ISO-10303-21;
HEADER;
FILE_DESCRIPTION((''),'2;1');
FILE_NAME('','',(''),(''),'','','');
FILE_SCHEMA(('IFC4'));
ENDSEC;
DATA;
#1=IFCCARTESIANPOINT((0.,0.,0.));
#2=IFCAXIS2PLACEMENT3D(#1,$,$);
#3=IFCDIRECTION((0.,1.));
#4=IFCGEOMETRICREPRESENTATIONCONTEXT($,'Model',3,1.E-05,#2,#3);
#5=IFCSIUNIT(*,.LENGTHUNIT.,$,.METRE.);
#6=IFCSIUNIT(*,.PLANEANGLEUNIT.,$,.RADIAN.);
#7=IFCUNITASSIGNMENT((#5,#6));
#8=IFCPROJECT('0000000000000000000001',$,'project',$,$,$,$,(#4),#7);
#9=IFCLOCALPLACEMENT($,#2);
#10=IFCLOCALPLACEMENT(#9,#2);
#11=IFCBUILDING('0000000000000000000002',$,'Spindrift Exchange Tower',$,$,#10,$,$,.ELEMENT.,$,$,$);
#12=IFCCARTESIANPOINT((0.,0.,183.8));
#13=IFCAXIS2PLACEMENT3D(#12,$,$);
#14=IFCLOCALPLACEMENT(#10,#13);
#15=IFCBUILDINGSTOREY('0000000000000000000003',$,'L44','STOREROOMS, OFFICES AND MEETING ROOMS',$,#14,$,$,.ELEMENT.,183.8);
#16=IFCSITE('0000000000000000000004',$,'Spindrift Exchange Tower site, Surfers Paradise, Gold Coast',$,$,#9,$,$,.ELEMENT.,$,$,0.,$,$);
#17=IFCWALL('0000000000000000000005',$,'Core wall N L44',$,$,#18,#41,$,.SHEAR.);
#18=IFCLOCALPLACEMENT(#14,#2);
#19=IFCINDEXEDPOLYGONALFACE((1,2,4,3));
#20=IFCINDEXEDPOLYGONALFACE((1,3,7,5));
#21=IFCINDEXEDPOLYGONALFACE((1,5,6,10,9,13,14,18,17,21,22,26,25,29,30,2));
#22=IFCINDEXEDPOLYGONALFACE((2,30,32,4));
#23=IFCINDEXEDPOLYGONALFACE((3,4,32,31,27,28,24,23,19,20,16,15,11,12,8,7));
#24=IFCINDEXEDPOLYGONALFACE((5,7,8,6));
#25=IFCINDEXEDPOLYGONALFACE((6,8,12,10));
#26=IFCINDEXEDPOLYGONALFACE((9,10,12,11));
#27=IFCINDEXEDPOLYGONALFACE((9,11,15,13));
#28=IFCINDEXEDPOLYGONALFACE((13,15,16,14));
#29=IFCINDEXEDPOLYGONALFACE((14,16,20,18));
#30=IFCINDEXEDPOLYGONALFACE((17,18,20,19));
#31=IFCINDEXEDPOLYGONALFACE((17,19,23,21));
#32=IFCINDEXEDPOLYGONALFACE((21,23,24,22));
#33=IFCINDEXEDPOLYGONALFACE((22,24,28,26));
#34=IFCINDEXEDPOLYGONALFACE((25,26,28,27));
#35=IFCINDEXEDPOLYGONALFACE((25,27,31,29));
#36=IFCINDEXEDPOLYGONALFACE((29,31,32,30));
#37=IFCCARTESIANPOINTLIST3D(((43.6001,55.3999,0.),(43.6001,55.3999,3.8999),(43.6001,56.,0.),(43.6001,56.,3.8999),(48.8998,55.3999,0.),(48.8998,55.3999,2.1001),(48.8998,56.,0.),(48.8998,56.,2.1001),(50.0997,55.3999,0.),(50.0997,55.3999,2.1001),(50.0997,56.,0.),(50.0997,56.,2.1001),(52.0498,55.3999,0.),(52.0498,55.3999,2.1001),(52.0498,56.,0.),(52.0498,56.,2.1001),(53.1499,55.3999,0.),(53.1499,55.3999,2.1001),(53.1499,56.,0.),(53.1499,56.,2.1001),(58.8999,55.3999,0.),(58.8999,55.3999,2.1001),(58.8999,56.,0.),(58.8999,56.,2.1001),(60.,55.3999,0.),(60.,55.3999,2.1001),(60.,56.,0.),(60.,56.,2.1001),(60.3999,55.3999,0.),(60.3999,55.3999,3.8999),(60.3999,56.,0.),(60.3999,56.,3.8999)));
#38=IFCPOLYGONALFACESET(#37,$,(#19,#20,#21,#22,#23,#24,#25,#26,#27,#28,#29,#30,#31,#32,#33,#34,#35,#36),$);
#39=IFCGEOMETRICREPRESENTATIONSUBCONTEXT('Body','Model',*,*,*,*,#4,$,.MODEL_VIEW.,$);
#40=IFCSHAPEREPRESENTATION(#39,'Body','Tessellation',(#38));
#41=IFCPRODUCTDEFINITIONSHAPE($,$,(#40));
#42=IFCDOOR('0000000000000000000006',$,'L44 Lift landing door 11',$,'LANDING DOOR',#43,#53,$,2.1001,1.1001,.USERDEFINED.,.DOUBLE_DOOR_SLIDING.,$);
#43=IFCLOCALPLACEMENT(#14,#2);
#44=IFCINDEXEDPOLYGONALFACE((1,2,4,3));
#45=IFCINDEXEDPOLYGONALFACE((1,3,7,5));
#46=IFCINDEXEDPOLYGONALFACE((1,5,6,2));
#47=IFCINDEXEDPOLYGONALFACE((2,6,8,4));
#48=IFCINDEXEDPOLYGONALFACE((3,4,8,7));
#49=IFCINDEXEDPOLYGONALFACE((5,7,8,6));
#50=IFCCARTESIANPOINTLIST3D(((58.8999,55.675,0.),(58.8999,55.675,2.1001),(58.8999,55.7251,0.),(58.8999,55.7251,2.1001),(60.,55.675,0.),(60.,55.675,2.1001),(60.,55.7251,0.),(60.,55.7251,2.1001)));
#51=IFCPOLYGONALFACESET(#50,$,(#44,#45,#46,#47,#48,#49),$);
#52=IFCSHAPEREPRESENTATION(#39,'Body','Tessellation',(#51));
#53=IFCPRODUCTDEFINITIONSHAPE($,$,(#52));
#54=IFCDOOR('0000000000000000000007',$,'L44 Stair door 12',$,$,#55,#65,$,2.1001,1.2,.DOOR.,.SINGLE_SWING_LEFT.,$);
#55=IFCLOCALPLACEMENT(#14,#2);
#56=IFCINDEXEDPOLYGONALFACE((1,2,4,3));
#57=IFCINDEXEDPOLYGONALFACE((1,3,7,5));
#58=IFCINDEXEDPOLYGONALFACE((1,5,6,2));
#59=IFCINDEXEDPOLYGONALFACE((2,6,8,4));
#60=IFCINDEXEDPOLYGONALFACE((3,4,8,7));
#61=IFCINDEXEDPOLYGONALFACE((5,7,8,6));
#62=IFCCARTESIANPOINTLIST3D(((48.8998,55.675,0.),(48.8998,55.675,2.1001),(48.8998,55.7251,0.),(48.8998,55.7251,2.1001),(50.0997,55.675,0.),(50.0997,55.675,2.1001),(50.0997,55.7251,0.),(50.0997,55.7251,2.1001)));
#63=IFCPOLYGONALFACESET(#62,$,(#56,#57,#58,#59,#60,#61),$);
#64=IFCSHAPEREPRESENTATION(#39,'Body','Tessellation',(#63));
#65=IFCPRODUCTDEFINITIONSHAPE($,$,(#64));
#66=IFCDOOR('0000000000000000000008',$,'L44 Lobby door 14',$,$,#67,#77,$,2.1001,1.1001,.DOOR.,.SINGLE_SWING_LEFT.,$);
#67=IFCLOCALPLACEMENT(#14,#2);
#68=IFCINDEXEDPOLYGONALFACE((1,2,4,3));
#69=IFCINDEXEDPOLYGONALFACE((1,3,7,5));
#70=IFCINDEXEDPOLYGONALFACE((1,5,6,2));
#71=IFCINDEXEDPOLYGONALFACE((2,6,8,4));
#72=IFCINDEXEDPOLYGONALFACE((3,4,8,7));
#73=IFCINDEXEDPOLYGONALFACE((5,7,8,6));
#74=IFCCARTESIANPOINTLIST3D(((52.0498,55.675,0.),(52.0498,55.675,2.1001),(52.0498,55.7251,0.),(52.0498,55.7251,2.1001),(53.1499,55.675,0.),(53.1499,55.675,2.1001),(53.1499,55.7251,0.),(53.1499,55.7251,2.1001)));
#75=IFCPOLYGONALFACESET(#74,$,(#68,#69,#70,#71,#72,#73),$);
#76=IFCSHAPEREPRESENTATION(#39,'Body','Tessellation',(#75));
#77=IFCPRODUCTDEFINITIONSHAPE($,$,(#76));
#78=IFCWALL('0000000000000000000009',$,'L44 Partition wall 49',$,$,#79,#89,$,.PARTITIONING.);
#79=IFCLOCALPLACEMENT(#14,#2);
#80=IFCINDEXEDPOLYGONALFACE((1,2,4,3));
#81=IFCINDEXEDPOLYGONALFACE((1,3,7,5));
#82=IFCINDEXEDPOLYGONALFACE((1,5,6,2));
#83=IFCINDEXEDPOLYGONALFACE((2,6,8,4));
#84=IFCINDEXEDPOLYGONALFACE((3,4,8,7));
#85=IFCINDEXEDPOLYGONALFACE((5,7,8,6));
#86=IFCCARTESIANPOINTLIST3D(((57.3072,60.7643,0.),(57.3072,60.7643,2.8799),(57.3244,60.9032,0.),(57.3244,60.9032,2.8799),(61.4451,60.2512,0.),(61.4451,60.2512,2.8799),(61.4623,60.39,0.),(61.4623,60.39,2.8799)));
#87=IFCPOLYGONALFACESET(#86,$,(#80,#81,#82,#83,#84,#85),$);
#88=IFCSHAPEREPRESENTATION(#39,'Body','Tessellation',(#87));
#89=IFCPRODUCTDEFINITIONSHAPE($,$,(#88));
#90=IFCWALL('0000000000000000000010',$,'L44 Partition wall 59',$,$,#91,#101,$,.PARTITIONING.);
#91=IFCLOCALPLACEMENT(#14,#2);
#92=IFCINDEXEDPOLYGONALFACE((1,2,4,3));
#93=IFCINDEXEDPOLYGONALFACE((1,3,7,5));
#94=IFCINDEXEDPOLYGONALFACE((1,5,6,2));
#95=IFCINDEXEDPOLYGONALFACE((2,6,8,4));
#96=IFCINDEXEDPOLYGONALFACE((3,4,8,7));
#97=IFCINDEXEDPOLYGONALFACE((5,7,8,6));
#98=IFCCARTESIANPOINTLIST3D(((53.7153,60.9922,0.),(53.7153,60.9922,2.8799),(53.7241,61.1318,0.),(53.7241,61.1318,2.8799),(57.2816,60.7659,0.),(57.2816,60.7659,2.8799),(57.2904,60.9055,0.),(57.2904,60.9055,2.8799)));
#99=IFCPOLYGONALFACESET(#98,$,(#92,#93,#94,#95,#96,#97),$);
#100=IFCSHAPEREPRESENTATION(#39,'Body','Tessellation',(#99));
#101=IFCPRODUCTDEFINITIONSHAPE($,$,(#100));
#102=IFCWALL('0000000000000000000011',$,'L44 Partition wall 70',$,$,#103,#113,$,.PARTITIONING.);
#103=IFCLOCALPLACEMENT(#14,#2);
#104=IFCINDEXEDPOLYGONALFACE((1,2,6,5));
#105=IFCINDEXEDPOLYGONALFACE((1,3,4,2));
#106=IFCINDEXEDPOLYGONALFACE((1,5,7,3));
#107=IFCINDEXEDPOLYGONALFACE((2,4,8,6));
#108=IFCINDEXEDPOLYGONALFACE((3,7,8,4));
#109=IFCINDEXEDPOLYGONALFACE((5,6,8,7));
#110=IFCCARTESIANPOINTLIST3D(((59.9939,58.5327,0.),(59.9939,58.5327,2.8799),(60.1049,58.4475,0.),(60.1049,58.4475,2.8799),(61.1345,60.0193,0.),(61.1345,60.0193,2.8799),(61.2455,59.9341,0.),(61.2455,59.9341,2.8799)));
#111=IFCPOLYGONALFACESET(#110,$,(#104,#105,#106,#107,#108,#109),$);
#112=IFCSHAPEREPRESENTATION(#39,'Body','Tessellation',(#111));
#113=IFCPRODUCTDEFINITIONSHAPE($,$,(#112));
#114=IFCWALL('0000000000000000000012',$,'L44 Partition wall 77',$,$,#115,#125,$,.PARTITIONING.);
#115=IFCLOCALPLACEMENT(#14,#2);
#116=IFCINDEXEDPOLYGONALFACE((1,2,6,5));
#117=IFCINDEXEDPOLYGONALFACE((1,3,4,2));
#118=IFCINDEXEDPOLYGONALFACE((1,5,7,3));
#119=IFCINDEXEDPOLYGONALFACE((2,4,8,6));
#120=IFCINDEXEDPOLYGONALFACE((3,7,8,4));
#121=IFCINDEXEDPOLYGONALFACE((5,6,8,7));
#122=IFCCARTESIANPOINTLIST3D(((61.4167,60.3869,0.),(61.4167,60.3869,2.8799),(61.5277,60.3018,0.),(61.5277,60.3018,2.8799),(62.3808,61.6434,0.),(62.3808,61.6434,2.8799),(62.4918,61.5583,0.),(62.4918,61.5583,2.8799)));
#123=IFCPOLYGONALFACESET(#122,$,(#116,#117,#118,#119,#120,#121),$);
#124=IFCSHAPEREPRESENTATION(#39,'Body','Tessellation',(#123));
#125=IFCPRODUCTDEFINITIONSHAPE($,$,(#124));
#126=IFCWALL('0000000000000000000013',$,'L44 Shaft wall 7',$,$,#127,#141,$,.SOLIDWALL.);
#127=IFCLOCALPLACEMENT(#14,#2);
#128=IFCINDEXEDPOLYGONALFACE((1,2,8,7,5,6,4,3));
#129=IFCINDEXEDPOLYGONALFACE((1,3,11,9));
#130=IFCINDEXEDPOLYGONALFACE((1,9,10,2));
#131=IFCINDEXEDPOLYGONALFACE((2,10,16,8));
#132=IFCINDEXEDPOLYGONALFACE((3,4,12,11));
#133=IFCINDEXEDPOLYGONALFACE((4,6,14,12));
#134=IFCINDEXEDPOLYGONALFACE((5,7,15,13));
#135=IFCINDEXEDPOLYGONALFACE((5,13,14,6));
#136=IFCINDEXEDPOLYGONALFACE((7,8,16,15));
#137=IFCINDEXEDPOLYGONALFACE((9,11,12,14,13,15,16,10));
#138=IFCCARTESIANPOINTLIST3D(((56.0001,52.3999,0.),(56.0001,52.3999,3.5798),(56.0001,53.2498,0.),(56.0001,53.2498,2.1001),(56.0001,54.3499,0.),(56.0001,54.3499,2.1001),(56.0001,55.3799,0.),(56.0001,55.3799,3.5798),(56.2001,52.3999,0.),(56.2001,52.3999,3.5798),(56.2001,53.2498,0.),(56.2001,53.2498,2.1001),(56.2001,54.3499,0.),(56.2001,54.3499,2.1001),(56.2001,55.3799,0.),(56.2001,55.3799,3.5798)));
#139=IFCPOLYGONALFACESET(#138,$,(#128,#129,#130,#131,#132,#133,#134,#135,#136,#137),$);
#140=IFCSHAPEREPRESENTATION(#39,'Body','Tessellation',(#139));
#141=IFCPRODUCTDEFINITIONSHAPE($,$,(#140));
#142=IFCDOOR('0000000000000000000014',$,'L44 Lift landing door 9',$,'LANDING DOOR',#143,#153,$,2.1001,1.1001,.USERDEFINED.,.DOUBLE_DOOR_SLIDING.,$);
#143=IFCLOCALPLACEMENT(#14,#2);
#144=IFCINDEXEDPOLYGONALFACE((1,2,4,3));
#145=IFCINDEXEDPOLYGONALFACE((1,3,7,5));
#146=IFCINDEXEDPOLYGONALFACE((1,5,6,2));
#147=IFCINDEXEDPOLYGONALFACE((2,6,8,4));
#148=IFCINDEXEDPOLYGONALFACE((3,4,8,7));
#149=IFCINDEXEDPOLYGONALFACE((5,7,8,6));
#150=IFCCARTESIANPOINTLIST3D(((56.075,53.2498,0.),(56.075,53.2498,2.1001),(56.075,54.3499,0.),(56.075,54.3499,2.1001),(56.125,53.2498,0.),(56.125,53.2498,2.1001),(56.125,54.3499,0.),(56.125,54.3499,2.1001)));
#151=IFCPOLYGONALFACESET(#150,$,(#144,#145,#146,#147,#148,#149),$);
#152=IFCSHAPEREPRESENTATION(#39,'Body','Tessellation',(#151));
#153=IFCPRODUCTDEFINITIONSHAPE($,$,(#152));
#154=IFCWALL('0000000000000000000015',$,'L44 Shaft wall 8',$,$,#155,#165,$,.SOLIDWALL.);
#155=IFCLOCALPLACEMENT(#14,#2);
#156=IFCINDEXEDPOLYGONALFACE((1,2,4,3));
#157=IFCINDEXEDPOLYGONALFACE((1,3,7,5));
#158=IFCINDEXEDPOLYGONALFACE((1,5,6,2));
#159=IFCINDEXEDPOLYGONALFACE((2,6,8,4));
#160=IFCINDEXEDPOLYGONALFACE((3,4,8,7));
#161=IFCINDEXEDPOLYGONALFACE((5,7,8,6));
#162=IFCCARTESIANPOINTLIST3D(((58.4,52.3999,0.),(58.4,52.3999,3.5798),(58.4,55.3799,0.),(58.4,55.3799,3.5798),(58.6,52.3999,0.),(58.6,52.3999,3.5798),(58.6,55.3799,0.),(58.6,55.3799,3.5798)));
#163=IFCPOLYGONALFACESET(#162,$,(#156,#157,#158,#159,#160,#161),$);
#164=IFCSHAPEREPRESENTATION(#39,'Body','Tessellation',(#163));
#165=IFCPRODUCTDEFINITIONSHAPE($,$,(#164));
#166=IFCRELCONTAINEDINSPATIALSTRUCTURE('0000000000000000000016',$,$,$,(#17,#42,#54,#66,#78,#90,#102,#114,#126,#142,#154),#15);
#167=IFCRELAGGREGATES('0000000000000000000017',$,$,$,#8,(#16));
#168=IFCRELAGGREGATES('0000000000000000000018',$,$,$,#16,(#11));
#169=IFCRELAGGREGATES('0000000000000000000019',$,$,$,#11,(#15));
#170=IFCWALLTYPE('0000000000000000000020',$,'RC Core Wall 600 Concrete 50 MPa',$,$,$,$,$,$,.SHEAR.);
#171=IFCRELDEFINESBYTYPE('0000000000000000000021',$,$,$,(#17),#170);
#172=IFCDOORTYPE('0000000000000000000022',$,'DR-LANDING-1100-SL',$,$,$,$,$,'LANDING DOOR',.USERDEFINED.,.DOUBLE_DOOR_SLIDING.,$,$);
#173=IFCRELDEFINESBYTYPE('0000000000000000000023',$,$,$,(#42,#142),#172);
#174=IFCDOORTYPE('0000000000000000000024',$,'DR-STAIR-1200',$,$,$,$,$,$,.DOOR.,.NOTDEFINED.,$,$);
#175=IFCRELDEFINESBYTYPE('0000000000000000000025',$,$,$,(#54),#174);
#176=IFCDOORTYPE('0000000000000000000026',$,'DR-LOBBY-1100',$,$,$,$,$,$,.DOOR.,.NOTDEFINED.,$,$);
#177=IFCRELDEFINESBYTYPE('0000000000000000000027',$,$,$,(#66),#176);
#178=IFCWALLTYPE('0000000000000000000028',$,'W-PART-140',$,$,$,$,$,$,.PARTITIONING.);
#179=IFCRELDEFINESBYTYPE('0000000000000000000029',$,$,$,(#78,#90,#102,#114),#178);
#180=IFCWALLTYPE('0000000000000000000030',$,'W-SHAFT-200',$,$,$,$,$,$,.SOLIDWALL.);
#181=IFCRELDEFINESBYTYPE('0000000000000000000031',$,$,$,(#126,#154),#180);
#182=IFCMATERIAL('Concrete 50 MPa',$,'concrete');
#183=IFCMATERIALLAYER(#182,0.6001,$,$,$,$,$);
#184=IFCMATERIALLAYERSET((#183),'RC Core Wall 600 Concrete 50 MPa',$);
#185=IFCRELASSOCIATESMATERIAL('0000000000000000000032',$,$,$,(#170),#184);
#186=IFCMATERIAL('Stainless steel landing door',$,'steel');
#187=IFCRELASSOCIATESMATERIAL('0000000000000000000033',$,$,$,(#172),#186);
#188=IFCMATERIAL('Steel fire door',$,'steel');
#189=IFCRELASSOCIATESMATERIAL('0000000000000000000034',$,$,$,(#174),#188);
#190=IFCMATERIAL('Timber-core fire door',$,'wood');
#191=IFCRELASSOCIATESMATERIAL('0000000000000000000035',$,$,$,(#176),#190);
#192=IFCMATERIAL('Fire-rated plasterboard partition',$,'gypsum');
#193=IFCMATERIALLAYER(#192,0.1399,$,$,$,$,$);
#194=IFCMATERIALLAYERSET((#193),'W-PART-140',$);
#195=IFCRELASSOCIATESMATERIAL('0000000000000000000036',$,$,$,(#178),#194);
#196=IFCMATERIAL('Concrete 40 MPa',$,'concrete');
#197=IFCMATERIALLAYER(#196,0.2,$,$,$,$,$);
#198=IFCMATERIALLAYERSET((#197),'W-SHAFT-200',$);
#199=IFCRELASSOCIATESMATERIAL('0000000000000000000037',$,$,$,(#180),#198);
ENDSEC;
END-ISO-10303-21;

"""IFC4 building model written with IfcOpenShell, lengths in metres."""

from ifc_helpers import new_model, si_unit, direction, frame, frame_2d, origin, place, context, subcontext, project, spatial, rectangle, extrude, source, transform, mapped, material, layer, layer_set, type_object, element, fill, save


model = new_model("IFC4")

# Units and contexts
model_context = context("Model", 3, precision=1e-05, world=origin(), true_north=direction((0.0, 1.0)))
body_context = subcontext(model_context, "Body", "Model", "MODEL_VIEW")
ifc_project = project(units=[si_unit("LENGTHUNIT", "METRE"), si_unit("PLANEANGLEUNIT", "RADIAN")], contexts=[model_context])

# Site, building, storey
site_placement = place(None, origin())
site = spatial("IfcSite", under=ifc_project, at=site_placement, Name="Spindrift Exchange Tower site, Surfers Paradise, Gold Coast", CompositionType="ELEMENT", RefElevation=0.0)
building_placement = place(site_placement, origin())
building = spatial("IfcBuilding", under=site, at=building_placement, Name="Spindrift Exchange Tower", CompositionType="ELEMENT")
storey_placement = place(building_placement, frame((0.0, 0.0, 183.8)))
storey = spatial("IfcBuildingStorey", under=building, at=storey_placement, Name="L44", Description="STOREROOMS, OFFICES AND MEETING ROOMS", CompositionType="ELEMENT", Elevation=183.8)

# Wall, openings, doors
ifc_material_1 = material(Name="Concrete 50 MPa", Category="concrete")
ifc_layer_1 = layer(ifc_material_1, 0.6001)
ifc_layer_set_1 = layer_set([ifc_layer_1], Name="RC Core Wall 600 Concrete 50 MPa")
wall_type_1 = type_object("IfcWallType", Name="RC Core Wall 600 Concrete 50 MPa", PredefinedType="SHEAR", material=ifc_layer_set_1)
wall_1_placement = place(storey_placement, frame((60.3999, 55.7, 0.0), z_axis=(0.0, 0.0, 1.0), x_axis=(-1.0, 0.0, 0.0)))
wall_1 = element("IfcWall", 1, at=wall_1_placement, inside=storey, type_object=wall_type_1, Name="Core wall N L44", PredefinedType="SHEAR", context=body_context, shape_type="SweptSolid", body=[
    extrude(rectangle(XDim=16.7998, YDim=0.6001, at=frame_2d((8.3999, 0.0))), origin(), (0.0, 0.0, 1.0), 3.8999),
])
opening_1_placement = place(wall_1_placement, frame((0.3999, 0.0, 0.0)))
opening_1 = element("IfcOpeningElement", 2, at=opening_1_placement, cuts=wall_1, PredefinedType="OPENING", context=body_context, shape_type="SweptSolid", body=[
    extrude(rectangle(XDim=1.1001, YDim=2.1001, at=frame_2d((0.55, 1.05))), frame((0.0, 0.3101, 0.0), z_axis=(0.0, -1.0, 0.0), x_axis=(1.0, 0.0, 0.0)), (0.0, 0.0, 1.0), 0.6201),
])
opening_2_placement = place(wall_1_placement, frame((10.3, 0.0, 0.0)))
opening_2 = element("IfcOpeningElement", 3, at=opening_2_placement, cuts=wall_1, PredefinedType="OPENING", context=body_context, shape_type="SweptSolid", body=[
    extrude(rectangle(XDim=1.2, YDim=2.1001, at=frame_2d((0.6001, 1.05))), frame((0.0, 0.3101, 0.0), z_axis=(0.0, -1.0, 0.0), x_axis=(1.0, 0.0, 0.0)), (0.0, 0.0, 1.0), 0.6201),
])
opening_3_placement = place(wall_1_placement, frame((7.25, 0.0, 0.0)))
opening_3 = element("IfcOpeningElement", 4, at=opening_3_placement, cuts=wall_1, PredefinedType="OPENING", context=body_context, shape_type="SweptSolid", body=[
    extrude(rectangle(XDim=1.1001, YDim=2.1001, at=frame_2d((0.55, 1.05))), frame((0.0, 0.3101, 0.0), z_axis=(0.0, -1.0, 0.0), x_axis=(1.0, 0.0, 0.0)), (0.0, 0.0, 1.0), 0.6201),
])
ifc_material_2 = material(Name="Stainless steel landing door", Category="steel")
door_type_1 = type_object("IfcDoorType", Name="DR-LANDING-1100-SL", ElementType="LANDING DOOR", OperationType="DOUBLE_DOOR_SLIDING", PredefinedType="USERDEFINED", material=ifc_material_2)
shared_shape_1 = source(origin(), body_context, "Body", "SweptSolid", [
    extrude(rectangle(XDim=1.1001, YDim=2.1001, at=frame_2d((0.55, 1.05))), frame((0.0, 0.0249, 0.0), z_axis=(0.0, -1.0, 0.0), x_axis=(1.0, 0.0, 0.0)), (0.0, 0.0, 1.0), 0.05),
])
door_1_placement = place(opening_1_placement, origin())
door_1 = element("IfcDoor", 5, at=door_1_placement, inside=storey, type_object=door_type_1, Name="L44 Lift landing door 11", ObjectType="LANDING DOOR", OperationType="DOUBLE_DOOR_SLIDING", OverallHeight=2.1001, OverallWidth=1.1001, PredefinedType="USERDEFINED", context=body_context, shape_type="MappedRepresentation", body=[
    mapped(shared_shape_1, transform((0.0, 0.0, 0.0), scale=1.0)),
])
fill(opening_1, door_1)
ifc_material_3 = material(Name="Steel fire door", Category="steel")
door_type_2 = type_object("IfcDoorType", Name="DR-STAIR-1200", OperationType="NOTDEFINED", PredefinedType="DOOR", material=ifc_material_3)
shared_shape_2 = source(origin(), body_context, "Body", "SweptSolid", [
    extrude(rectangle(XDim=1.2, YDim=2.1001, at=frame_2d((0.6001, 1.05))), frame((0.0, 0.0249, 0.0), z_axis=(0.0, -1.0, 0.0), x_axis=(1.0, 0.0, 0.0)), (0.0, 0.0, 1.0), 0.05),
])
door_2_placement = place(opening_2_placement, origin())
door_2 = element("IfcDoor", 6, at=door_2_placement, inside=storey, type_object=door_type_2, Name="L44 Stair door 12", OperationType="SINGLE_SWING_LEFT", OverallHeight=2.1001, OverallWidth=1.2, PredefinedType="DOOR", context=body_context, shape_type="MappedRepresentation", body=[
    mapped(shared_shape_2, transform((0.0, 0.0, 0.0), scale=1.0)),
])
fill(opening_2, door_2)
ifc_material_4 = material(Name="Timber-core fire door", Category="wood")
door_type_3 = type_object("IfcDoorType", Name="DR-LOBBY-1100", OperationType="NOTDEFINED", PredefinedType="DOOR", material=ifc_material_4)
shared_shape_3 = source(origin(), body_context, "Body", "SweptSolid", [
    extrude(rectangle(XDim=1.1001, YDim=2.1001, at=frame_2d((0.55, 1.05))), frame((0.0, 0.0249, 0.0), z_axis=(0.0, -1.0, 0.0), x_axis=(1.0, 0.0, 0.0)), (0.0, 0.0, 1.0), 0.05),
])
door_3_placement = place(opening_3_placement, origin())
door_3 = element("IfcDoor", 7, at=door_3_placement, inside=storey, type_object=door_type_3, Name="L44 Lobby door 14", OperationType="SINGLE_SWING_LEFT", OverallHeight=2.1001, OverallWidth=1.1001, PredefinedType="DOOR", context=body_context, shape_type="MappedRepresentation", body=[
    mapped(shared_shape_3, transform((0.0, 0.0, 0.0), scale=1.0)),
])
fill(opening_3, door_3)

# Walls
ifc_material_5 = material(Name="Fire-rated plasterboard partition", Category="gypsum")
ifc_layer_2 = layer(ifc_material_5, 0.1399)
ifc_layer_set_2 = layer_set([ifc_layer_2], Name="W-PART-140")
wall_type_2 = type_object("IfcWallType", Name="W-PART-140", PredefinedType="PARTITIONING", material=ifc_layer_set_2)
wall_2_placement = place(storey_placement, frame((61.4539, 60.3206, 0.0), z_axis=(0.0, 0.0, 1.0), x_axis=(-0.992397, 0.123076, 0.0)))
element("IfcWall", 8, at=wall_2_placement, inside=storey, type_object=wall_type_2, Name="L44 Partition wall 49", PredefinedType="PARTITIONING", context=body_context, shape_type="SweptSolid", body=[
    extrude(rectangle(XDim=4.1697, YDim=0.1399, at=frame_2d((2.085, 0.0))), origin(), (0.0, 0.0, 1.0), 2.8799),
])
wall_3_placement = place(storey_placement, frame((57.2859, 60.8357, 0.0), z_axis=(0.0, 0.0, 1.0), x_axis=(-0.997993, 0.063331, 0.0)))
element("IfcWall", 9, at=wall_3_placement, inside=storey, type_object=wall_type_2, Name="L44 Partition wall 59", PredefinedType="PARTITIONING", context=body_context, shape_type="SweptSolid", body=[
    extrude(rectangle(XDim=3.5735, YDim=0.1399, at=frame_2d((1.7866, 0.0))), origin(), (0.0, 0.0, 1.0), 2.8799),
])
wall_4_placement = place(storey_placement, frame((60.0493, 58.49, 0.0), z_axis=(0.0, 0.0, 1.0), x_axis=(0.608741, 0.793369, 0.0)))
element("IfcWall", 10, at=wall_4_placement, inside=storey, type_object=wall_type_2, Name="L44 Partition wall 70", PredefinedType="PARTITIONING", context=body_context, shape_type="SweptSolid", body=[
    extrude(rectangle(XDim=1.8738, YDim=0.1399, at=frame_2d((0.937, 0.0))), origin(), (0.0, 0.0, 1.0), 2.8799),
])
wall_5_placement = place(storey_placement, frame((61.4722, 60.3442, 0.0), z_axis=(0.0, 0.0, 1.0), x_axis=(0.60872, 0.793386, 0.0)))
element("IfcWall", 11, at=wall_5_placement, inside=storey, type_object=wall_type_2, Name="L44 Partition wall 77", PredefinedType="PARTITIONING", context=body_context, shape_type="SweptSolid", body=[
    extrude(rectangle(XDim=1.5837, YDim=0.1399, at=frame_2d((0.792, 0.0))), origin(), (0.0, 0.0, 1.0), 2.8799),
])

# Wall, opening, door
ifc_material_6 = material(Name="Concrete 40 MPa", Category="concrete")
ifc_layer_3 = layer(ifc_material_6, 0.2)
ifc_layer_set_3 = layer_set([ifc_layer_3], Name="W-SHAFT-200")
wall_type_3 = type_object("IfcWallType", Name="W-SHAFT-200", PredefinedType="SOLIDWALL", material=ifc_layer_set_3)
wall_6_placement = place(storey_placement, frame((56.1001, 55.3799, 0.0), z_axis=(0.0, 0.0, 1.0), x_axis=(0.0, -1.0, 0.0)))
wall_6 = element("IfcWall", 12, at=wall_6_placement, inside=storey, type_object=wall_type_3, Name="L44 Shaft wall 7", PredefinedType="SOLIDWALL", context=body_context, shape_type="SweptSolid", body=[
    extrude(rectangle(XDim=2.98, YDim=0.2, at=frame_2d((1.49, 0.0))), origin(), (0.0, 0.0, 1.0), 3.5798),
])
opening_4_placement = place(wall_6_placement, frame((1.03, 0.0, 0.0)))
opening_4 = element("IfcOpeningElement", 13, at=opening_4_placement, cuts=wall_6, PredefinedType="OPENING", context=body_context, shape_type="SweptSolid", body=[
    extrude(rectangle(XDim=1.1001, YDim=2.1001, at=frame_2d((0.55, 1.05))), frame((0.0, 0.1099, 0.0), z_axis=(0.0, -1.0, 0.0), x_axis=(1.0, 0.0, 0.0)), (0.0, 0.0, 1.0), 0.22),
])
door_4_placement = place(opening_4_placement, origin())
door_4 = element("IfcDoor", 14, at=door_4_placement, inside=storey, type_object=door_type_1, Name="L44 Lift landing door 9", ObjectType="LANDING DOOR", OperationType="DOUBLE_DOOR_SLIDING", OverallHeight=2.1001, OverallWidth=1.1001, PredefinedType="USERDEFINED", context=body_context, shape_type="MappedRepresentation", body=[
    mapped(shared_shape_1, transform((0.0, 0.0, 0.0), scale=1.0)),
])
fill(opening_4, door_4)

# Wall
wall_7_placement = place(storey_placement, frame((58.5, 52.3999, 0.0), z_axis=(0.0, 0.0, 1.0), x_axis=(0.0, 1.0, 0.0)))
element("IfcWall", 15, at=wall_7_placement, inside=storey, type_object=wall_type_3, Name="L44 Shaft wall 8", PredefinedType="SOLIDWALL", context=body_context, shape_type="SweptSolid", body=[
    extrude(rectangle(XDim=2.98, YDim=0.2, at=frame_2d((1.49, 0.0))), origin(), (0.0, 0.0, 1.0), 3.5798),
])

save(model, "model.ifc")
